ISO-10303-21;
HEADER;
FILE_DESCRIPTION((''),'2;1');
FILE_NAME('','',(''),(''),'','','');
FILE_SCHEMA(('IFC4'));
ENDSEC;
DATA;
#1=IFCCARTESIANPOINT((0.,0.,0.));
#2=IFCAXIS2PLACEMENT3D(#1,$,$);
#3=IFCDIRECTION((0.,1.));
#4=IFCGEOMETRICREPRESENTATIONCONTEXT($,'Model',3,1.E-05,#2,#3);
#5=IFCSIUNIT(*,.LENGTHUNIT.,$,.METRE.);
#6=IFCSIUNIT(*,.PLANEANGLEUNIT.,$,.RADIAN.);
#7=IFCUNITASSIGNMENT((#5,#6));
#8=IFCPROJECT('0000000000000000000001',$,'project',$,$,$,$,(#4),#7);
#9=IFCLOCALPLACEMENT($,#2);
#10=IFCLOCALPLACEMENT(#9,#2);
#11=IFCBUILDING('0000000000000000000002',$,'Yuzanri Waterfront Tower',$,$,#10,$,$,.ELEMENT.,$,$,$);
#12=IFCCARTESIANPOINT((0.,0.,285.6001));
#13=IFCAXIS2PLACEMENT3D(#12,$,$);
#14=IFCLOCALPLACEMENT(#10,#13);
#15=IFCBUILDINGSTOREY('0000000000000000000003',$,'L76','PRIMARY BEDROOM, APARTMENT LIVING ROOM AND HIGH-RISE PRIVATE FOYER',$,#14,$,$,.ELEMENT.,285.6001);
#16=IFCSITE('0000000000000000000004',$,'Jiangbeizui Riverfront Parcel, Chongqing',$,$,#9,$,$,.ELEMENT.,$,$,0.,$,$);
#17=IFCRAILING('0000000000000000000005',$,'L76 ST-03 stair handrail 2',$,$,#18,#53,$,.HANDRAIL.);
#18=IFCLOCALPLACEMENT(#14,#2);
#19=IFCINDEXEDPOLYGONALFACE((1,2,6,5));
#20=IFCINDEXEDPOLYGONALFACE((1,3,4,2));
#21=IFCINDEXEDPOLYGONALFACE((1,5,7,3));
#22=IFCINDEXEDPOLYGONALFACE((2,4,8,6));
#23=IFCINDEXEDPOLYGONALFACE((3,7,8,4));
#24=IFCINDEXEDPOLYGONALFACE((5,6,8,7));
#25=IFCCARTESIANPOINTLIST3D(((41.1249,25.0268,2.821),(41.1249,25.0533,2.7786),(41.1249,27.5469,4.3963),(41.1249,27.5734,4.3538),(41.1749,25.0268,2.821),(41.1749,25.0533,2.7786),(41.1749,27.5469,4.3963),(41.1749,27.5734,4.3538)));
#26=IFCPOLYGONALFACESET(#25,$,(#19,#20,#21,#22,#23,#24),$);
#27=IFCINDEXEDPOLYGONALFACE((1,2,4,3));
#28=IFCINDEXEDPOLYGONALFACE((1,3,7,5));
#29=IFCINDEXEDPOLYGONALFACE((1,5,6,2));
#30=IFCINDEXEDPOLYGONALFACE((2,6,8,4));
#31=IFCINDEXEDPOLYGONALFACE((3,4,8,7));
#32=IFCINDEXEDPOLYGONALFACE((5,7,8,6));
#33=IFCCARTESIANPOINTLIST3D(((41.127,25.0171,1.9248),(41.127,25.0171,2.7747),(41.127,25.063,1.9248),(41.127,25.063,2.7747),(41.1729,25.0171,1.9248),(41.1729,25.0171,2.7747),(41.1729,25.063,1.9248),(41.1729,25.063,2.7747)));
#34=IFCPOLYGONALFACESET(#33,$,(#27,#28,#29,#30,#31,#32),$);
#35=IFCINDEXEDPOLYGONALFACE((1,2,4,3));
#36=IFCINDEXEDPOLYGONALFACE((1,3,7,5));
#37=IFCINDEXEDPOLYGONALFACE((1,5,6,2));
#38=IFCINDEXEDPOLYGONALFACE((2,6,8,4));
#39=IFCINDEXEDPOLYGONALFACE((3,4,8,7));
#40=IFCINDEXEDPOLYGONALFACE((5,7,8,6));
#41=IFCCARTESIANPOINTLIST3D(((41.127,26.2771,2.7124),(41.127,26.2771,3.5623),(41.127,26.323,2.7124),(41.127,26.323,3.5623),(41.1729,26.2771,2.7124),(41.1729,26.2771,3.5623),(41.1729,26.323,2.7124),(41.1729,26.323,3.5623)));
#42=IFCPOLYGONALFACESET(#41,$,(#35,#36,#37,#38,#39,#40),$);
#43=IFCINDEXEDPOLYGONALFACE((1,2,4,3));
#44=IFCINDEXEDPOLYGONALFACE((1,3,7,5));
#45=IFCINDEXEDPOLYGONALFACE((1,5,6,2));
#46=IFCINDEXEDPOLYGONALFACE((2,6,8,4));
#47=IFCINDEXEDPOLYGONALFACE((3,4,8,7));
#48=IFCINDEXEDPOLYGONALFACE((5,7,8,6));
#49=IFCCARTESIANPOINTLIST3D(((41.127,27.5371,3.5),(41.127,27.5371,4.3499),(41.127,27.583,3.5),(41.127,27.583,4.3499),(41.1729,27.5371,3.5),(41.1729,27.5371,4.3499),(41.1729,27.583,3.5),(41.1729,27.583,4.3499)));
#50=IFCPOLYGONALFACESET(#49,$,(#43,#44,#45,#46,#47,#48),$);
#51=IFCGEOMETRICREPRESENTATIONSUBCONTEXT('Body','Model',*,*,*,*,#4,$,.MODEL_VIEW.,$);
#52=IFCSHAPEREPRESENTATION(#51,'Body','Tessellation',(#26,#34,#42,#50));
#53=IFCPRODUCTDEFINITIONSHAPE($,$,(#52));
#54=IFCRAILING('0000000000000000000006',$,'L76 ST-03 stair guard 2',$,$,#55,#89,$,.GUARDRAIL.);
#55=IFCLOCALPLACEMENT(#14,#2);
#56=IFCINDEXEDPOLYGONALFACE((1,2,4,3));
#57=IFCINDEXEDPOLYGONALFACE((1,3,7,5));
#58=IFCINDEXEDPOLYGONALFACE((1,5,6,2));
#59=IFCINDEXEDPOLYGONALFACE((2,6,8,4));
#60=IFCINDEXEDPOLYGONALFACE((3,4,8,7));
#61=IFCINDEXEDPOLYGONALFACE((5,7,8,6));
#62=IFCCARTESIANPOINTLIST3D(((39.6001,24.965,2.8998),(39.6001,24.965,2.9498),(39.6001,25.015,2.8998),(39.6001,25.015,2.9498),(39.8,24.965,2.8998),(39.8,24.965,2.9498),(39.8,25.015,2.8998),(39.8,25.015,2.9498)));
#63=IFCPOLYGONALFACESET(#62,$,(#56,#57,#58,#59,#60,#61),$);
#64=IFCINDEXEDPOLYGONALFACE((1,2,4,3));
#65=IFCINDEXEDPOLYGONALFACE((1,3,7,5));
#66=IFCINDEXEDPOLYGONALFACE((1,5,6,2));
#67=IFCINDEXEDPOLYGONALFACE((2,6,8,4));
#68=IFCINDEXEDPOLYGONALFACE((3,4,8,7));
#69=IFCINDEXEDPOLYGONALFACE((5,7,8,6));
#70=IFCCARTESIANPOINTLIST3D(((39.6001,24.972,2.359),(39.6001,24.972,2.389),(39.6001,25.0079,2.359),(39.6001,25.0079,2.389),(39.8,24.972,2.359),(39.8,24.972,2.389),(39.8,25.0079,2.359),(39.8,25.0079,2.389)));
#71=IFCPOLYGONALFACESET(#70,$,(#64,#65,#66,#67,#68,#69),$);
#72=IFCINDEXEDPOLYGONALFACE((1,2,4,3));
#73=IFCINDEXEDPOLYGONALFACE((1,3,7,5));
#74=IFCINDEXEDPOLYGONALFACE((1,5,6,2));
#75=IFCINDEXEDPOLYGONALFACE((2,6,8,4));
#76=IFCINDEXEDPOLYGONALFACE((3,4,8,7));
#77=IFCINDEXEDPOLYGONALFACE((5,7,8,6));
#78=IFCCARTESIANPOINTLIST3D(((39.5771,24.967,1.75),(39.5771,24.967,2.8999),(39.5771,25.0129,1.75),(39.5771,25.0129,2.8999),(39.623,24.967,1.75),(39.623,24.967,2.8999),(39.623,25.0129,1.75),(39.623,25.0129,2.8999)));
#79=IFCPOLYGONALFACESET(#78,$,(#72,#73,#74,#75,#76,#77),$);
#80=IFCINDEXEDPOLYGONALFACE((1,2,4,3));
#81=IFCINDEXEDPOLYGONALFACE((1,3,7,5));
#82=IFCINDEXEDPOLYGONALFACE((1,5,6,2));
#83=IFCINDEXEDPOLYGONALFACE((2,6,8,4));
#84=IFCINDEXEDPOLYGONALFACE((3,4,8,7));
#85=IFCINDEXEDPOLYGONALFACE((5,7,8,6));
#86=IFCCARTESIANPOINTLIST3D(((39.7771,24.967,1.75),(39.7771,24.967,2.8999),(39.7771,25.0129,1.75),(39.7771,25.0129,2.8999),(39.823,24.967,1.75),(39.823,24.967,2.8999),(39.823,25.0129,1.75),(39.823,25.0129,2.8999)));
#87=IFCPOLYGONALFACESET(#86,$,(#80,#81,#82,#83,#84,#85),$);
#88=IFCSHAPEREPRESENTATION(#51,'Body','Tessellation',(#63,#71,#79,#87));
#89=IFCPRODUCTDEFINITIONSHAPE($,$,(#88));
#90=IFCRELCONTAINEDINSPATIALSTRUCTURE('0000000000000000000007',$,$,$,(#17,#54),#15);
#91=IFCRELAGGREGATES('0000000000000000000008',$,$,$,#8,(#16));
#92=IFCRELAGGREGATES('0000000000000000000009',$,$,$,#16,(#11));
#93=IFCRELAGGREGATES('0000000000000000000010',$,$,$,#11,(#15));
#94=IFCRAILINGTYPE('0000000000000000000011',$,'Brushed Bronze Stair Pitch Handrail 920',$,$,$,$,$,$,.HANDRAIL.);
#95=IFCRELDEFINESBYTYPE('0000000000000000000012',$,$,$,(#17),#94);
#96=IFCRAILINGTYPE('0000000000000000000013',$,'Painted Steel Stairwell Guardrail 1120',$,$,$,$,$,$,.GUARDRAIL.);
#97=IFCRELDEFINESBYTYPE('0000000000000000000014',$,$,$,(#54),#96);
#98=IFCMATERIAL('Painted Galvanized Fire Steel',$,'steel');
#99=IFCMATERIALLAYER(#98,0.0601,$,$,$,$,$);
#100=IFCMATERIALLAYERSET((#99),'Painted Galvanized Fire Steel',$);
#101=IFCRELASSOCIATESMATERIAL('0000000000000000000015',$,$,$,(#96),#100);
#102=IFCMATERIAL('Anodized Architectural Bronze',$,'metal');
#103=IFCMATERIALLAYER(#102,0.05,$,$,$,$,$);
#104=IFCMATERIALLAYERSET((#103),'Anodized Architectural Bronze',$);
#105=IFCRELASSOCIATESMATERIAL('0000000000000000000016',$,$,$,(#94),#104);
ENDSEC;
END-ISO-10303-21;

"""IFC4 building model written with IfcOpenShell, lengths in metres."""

from ifc_helpers import new_model, si_unit, direction, frame, origin, origin_2d, place, context, subcontext, project, spatial, rectangle, extrude, source, transform, mapped, material, layer, layer_set, type_object, element, save


model = new_model("IFC4")

# Units and contexts
model_context = context("Model", 3, precision=1e-05, world=origin(), true_north=direction((0.0, 1.0)))
body_context = subcontext(model_context, "Body", "Model", "MODEL_VIEW")
ifc_project = project(units=[si_unit("LENGTHUNIT", "METRE"), si_unit("PLANEANGLEUNIT", "RADIAN")], contexts=[model_context])

# Site, building, storey
site_placement = place(None, origin())
site = spatial("IfcSite", under=ifc_project, at=site_placement, Name="Jiangbeizui Riverfront Parcel, Chongqing", CompositionType="ELEMENT", RefElevation=0.0)
building_placement = place(site_placement, origin())
building = spatial("IfcBuilding", under=site, at=building_placement, Name="Yuzanri Waterfront Tower", CompositionType="ELEMENT")
storey_placement = place(building_placement, frame((0.0, 0.0, 285.6001)))
storey = spatial("IfcBuildingStorey", under=building, at=storey_placement, Name="L76", Description="PRIMARY BEDROOM, APARTMENT LIVING ROOM AND HIGH-RISE PRIVATE FOYER", CompositionType="ELEMENT", Elevation=285.6001)

# Railings
ifc_material_1 = material(Name="Painted Galvanized Fire Steel", Category="steel")
ifc_layer_1 = layer(ifc_material_1, 0.0601)
ifc_layer_set_1 = layer_set([ifc_layer_1], Name="Painted Galvanized Fire Steel")
railing_type_1 = type_object("IfcRailingType", Name="Painted Steel Stairwell Guardrail 1120", PredefinedType="GUARDRAIL", material=ifc_layer_set_1)
ifc_material_2 = material(Name="Anodized Architectural Bronze", Category="metal")
ifc_layer_2 = layer(ifc_material_2, 0.05)
ifc_layer_set_2 = layer_set([ifc_layer_2], Name="Anodized Architectural Bronze")
railing_type_2 = type_object("IfcRailingType", Name="Brushed Bronze Stair Pitch Handrail 920", PredefinedType="HANDRAIL", material=ifc_layer_set_2)
shared_shape_1 = source(origin(), body_context, "Body", "SweptSolid", [
    extrude(rectangle(XDim=0.05, YDim=0.05, at=origin_2d()), frame((0.0, 0.0, 0.875), z_axis=(0.0, 0.847971, 0.530043), x_axis=(-1.0, 0.0, 0.0)), (0.0, 0.0, 1.0), 2.9719),
    extrude(rectangle(XDim=0.0459, YDim=0.0459, at=origin_2d()), origin(), (0.0, 0.0, 1.0), 0.8499),
    extrude(rectangle(XDim=0.0459, YDim=0.0459, at=origin_2d()), frame((0.0, 1.26, 0.7876)), (0.0, 0.0, 1.0), 0.8499),
    extrude(rectangle(XDim=0.0459, YDim=0.0459, at=origin_2d()), frame((0.0, 2.52, 1.5752)), (0.0, 0.0, 1.0), 0.8499),
])
railing_1_placement = place(storey_placement, frame((41.1499, 25.04, 1.9248)))
element("IfcRailing", 1, at=railing_1_placement, inside=storey, type_object=railing_type_2, Name="L76 ST-03 stair handrail 2", PredefinedType="HANDRAIL", context=body_context, shape_type="MappedRepresentation", body=[
    mapped(shared_shape_1, transform((0.0, 0.0, 0.0), scale=1.0)),
])
shared_shape_2 = source(origin(), body_context, "Body", "SweptSolid", [
    extrude(rectangle(XDim=0.05, YDim=0.05, at=origin_2d()), frame((0.0, 0.0, 1.1748), z_axis=(1.0, 0.0, 0.0), x_axis=(0.0, 1.0, 0.0)), (0.0, 0.0, 1.0), 0.2),
    extrude(rectangle(XDim=0.0359, YDim=0.03, at=origin_2d()), frame((0.0, 0.0, 0.624), z_axis=(1.0, 0.0, 0.0), x_axis=(0.0, 1.0, 0.0)), (0.0, 0.0, 1.0), 0.2),
    extrude(rectangle(XDim=0.0459, YDim=0.0459, at=origin_2d()), origin(), (0.0, 0.0, 1.0), 1.1499),
    extrude(rectangle(XDim=0.0459, YDim=0.0459, at=origin_2d()), frame((0.2, 0.0, 0.0)), (0.0, 0.0, 1.0), 1.1499),
])
railing_2_placement = place(storey_placement, frame((39.6001, 24.99, 1.75)))
element("IfcRailing", 2, at=railing_2_placement, inside=storey, type_object=railing_type_1, Name="L76 ST-03 stair guard 2", PredefinedType="GUARDRAIL", context=body_context, shape_type="MappedRepresentation", body=[
    mapped(shared_shape_2, transform((0.0, 0.0, 0.0), scale=1.0)),
])

save(model, "model.ifc")
